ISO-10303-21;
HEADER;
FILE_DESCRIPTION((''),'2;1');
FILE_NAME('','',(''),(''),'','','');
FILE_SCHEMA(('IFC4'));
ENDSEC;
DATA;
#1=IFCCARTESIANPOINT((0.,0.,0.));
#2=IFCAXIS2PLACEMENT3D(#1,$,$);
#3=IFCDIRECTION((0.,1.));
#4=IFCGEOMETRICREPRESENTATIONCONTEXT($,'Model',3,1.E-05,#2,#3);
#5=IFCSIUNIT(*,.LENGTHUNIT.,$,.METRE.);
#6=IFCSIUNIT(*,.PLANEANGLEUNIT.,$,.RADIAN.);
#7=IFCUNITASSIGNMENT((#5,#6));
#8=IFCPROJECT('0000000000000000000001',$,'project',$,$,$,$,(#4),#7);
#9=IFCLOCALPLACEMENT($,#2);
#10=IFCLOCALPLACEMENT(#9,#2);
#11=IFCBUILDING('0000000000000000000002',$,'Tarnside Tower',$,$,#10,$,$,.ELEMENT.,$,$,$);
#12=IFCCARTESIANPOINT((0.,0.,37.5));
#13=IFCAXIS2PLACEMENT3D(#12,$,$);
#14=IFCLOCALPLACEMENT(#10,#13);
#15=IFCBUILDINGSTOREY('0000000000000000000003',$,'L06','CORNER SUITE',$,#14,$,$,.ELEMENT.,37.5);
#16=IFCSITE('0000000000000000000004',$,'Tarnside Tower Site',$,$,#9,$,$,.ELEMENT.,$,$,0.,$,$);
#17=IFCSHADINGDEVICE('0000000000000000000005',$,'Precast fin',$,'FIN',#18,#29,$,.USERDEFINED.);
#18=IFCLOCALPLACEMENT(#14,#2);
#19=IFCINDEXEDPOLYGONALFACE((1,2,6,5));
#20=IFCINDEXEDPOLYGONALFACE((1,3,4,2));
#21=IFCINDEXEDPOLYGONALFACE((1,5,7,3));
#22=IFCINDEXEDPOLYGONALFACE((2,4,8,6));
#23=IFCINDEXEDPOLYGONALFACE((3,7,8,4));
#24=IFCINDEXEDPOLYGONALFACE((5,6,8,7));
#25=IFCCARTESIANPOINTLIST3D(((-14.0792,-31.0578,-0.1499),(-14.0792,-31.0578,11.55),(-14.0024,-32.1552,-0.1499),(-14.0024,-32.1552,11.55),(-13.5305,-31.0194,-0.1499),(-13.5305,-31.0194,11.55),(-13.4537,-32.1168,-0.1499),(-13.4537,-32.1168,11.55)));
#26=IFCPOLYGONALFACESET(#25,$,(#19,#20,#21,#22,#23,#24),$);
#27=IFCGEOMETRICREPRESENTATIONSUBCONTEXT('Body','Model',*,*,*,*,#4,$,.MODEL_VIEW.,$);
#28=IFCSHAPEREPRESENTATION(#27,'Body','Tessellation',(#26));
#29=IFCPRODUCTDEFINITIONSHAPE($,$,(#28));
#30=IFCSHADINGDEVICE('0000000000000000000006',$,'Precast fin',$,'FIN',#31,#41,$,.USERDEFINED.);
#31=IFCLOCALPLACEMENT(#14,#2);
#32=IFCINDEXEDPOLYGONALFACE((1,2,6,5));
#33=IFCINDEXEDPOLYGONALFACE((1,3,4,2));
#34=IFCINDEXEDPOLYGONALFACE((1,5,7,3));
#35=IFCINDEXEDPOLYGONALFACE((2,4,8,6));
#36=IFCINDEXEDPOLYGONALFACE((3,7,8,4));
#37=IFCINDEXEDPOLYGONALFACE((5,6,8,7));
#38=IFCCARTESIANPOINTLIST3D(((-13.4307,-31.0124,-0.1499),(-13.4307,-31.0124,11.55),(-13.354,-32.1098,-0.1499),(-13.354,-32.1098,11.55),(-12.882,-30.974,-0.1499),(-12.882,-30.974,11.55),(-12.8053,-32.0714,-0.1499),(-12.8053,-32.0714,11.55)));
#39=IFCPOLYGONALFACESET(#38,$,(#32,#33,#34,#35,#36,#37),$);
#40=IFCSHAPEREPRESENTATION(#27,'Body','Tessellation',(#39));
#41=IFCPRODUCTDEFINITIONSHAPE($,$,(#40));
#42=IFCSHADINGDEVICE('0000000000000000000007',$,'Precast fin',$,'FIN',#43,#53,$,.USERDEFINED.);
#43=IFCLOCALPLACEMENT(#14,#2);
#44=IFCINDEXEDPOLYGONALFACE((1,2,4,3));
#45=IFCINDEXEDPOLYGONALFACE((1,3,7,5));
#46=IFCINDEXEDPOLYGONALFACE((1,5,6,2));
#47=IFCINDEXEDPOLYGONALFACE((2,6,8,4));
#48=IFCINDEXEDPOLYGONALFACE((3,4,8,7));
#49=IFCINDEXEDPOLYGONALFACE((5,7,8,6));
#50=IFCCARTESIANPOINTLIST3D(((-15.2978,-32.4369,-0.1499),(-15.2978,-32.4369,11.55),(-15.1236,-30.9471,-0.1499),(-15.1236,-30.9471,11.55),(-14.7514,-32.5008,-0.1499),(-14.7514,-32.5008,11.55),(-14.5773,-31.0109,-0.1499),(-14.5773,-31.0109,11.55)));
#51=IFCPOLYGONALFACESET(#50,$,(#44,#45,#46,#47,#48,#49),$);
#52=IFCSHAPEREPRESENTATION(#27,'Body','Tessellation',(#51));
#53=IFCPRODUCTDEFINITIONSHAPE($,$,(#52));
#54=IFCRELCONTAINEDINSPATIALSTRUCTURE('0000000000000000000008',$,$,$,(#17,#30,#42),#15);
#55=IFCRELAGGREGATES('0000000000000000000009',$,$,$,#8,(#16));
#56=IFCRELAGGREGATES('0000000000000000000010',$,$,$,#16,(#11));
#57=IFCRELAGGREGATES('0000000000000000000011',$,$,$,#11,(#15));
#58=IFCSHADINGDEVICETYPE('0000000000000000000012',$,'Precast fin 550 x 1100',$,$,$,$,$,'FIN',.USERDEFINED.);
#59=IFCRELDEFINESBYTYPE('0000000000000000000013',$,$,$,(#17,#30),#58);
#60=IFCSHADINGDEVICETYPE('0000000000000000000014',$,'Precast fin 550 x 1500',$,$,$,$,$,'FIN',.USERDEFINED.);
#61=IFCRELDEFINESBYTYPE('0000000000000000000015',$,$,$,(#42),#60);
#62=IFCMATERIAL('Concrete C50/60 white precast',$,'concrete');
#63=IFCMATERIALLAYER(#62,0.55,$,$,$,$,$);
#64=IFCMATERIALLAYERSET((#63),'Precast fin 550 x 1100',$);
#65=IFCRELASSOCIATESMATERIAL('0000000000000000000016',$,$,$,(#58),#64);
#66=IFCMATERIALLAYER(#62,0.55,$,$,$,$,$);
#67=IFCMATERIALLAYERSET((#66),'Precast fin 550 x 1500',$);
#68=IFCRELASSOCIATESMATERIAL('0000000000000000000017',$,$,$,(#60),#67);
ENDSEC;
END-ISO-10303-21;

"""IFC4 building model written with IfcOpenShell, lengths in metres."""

from ifc_helpers import new_model, si_unit, direction, frame, origin, place, context, subcontext, project, spatial, polyline, outline, extrude, material, layer, layer_set, type_object, element, save


model = new_model("IFC4")

# Units and contexts
model_context = context("Model", 3, precision=1e-05, world=origin(), true_north=direction((0.0, 1.0)))
body_context = subcontext(model_context, "Body", "Model", "MODEL_VIEW")
ifc_project = project(units=[si_unit("LENGTHUNIT", "METRE"), si_unit("PLANEANGLEUNIT", "RADIAN")], contexts=[model_context])

# Site, building, storey
site_placement = place(None, origin())
site = spatial("IfcSite", under=ifc_project, at=site_placement, Name="Tarnside Tower Site", CompositionType="ELEMENT", RefElevation=0.0)
building_placement = place(site_placement, origin())
building = spatial("IfcBuilding", under=site, at=building_placement, Name="Tarnside Tower", CompositionType="ELEMENT")
storey_placement = place(building_placement, frame((0.0, 0.0, 37.5)))
storey = spatial("IfcBuildingStorey", under=building, at=storey_placement, Name="L06", Description="CORNER SUITE", CompositionType="ELEMENT", Elevation=37.5)

# Shading devices
ifc_material_1 = material(Name="Concrete C50/60 white precast", Category="concrete")
ifc_layer_1 = layer(ifc_material_1, 0.55)
ifc_layer_set_1 = layer_set([ifc_layer_1], Name="Precast fin 550 x 1100")
shading_device_type_1 = type_object("IfcShadingDeviceType", Name="Precast fin 550 x 1100", ElementType="FIN", PredefinedType="USERDEFINED", material=ifc_layer_set_1)
for number, where, z_axis, x_axis, name in (
    (1, (-13.8047, -31.0386, -0.1499), (-0.997564, -0.069756, 0.0), (0.069756, -0.997564, 0.0), "Precast fin"),
    (2, (-13.1562, -30.9932, -0.1499), (-0.997564, -0.069756, 0.0), (0.069756, -0.997564, 0.0), "Precast fin"),
):
    element("IfcShadingDevice", number, at=place(storey_placement, frame(where, z_axis=z_axis, x_axis=x_axis)), inside=storey, type_object=shading_device_type_1, Name=name, ObjectType="FIN", PredefinedType="USERDEFINED", context=body_context, shape_type="SweptSolid", body=[
        extrude(outline(polyline([(0.0, 0.0), (1.1001, 0.0), (1.1001, 11.7), (0.0, 11.7), (0.0, 0.0)])), frame((0.0, 0.0, -0.2749)), (0.0, 0.0, 1.0), 0.55),
    ])
ifc_layer_2 = layer(ifc_material_1, 0.55)
ifc_layer_set_2 = layer_set([ifc_layer_2], Name="Precast fin 550 x 1500")
shading_device_type_2 = type_object("IfcShadingDeviceType", Name="Precast fin 550 x 1500", ElementType="FIN", PredefinedType="USERDEFINED", material=ifc_layer_set_2)
shading_device_placement = place(storey_placement, frame((-14.8503, -30.979, -0.1499), z_axis=(-0.993238, 0.116093, 0.0), x_axis=(-0.116093, -0.993238, 0.0)))
element("IfcShadingDevice", 3, at=shading_device_placement, inside=storey, type_object=shading_device_type_2, Name="Precast fin", ObjectType="FIN", PredefinedType="USERDEFINED", context=body_context, shape_type="SweptSolid", body=[
    extrude(outline(polyline([(0.0, 0.0), (1.5, 0.0), (1.5, 11.7), (0.0, 11.7), (0.0, 0.0)])), frame((0.0, 0.0, -0.2749)), (0.0, 0.0, 1.0), 0.55),
])

save(model, "model.ifc")
